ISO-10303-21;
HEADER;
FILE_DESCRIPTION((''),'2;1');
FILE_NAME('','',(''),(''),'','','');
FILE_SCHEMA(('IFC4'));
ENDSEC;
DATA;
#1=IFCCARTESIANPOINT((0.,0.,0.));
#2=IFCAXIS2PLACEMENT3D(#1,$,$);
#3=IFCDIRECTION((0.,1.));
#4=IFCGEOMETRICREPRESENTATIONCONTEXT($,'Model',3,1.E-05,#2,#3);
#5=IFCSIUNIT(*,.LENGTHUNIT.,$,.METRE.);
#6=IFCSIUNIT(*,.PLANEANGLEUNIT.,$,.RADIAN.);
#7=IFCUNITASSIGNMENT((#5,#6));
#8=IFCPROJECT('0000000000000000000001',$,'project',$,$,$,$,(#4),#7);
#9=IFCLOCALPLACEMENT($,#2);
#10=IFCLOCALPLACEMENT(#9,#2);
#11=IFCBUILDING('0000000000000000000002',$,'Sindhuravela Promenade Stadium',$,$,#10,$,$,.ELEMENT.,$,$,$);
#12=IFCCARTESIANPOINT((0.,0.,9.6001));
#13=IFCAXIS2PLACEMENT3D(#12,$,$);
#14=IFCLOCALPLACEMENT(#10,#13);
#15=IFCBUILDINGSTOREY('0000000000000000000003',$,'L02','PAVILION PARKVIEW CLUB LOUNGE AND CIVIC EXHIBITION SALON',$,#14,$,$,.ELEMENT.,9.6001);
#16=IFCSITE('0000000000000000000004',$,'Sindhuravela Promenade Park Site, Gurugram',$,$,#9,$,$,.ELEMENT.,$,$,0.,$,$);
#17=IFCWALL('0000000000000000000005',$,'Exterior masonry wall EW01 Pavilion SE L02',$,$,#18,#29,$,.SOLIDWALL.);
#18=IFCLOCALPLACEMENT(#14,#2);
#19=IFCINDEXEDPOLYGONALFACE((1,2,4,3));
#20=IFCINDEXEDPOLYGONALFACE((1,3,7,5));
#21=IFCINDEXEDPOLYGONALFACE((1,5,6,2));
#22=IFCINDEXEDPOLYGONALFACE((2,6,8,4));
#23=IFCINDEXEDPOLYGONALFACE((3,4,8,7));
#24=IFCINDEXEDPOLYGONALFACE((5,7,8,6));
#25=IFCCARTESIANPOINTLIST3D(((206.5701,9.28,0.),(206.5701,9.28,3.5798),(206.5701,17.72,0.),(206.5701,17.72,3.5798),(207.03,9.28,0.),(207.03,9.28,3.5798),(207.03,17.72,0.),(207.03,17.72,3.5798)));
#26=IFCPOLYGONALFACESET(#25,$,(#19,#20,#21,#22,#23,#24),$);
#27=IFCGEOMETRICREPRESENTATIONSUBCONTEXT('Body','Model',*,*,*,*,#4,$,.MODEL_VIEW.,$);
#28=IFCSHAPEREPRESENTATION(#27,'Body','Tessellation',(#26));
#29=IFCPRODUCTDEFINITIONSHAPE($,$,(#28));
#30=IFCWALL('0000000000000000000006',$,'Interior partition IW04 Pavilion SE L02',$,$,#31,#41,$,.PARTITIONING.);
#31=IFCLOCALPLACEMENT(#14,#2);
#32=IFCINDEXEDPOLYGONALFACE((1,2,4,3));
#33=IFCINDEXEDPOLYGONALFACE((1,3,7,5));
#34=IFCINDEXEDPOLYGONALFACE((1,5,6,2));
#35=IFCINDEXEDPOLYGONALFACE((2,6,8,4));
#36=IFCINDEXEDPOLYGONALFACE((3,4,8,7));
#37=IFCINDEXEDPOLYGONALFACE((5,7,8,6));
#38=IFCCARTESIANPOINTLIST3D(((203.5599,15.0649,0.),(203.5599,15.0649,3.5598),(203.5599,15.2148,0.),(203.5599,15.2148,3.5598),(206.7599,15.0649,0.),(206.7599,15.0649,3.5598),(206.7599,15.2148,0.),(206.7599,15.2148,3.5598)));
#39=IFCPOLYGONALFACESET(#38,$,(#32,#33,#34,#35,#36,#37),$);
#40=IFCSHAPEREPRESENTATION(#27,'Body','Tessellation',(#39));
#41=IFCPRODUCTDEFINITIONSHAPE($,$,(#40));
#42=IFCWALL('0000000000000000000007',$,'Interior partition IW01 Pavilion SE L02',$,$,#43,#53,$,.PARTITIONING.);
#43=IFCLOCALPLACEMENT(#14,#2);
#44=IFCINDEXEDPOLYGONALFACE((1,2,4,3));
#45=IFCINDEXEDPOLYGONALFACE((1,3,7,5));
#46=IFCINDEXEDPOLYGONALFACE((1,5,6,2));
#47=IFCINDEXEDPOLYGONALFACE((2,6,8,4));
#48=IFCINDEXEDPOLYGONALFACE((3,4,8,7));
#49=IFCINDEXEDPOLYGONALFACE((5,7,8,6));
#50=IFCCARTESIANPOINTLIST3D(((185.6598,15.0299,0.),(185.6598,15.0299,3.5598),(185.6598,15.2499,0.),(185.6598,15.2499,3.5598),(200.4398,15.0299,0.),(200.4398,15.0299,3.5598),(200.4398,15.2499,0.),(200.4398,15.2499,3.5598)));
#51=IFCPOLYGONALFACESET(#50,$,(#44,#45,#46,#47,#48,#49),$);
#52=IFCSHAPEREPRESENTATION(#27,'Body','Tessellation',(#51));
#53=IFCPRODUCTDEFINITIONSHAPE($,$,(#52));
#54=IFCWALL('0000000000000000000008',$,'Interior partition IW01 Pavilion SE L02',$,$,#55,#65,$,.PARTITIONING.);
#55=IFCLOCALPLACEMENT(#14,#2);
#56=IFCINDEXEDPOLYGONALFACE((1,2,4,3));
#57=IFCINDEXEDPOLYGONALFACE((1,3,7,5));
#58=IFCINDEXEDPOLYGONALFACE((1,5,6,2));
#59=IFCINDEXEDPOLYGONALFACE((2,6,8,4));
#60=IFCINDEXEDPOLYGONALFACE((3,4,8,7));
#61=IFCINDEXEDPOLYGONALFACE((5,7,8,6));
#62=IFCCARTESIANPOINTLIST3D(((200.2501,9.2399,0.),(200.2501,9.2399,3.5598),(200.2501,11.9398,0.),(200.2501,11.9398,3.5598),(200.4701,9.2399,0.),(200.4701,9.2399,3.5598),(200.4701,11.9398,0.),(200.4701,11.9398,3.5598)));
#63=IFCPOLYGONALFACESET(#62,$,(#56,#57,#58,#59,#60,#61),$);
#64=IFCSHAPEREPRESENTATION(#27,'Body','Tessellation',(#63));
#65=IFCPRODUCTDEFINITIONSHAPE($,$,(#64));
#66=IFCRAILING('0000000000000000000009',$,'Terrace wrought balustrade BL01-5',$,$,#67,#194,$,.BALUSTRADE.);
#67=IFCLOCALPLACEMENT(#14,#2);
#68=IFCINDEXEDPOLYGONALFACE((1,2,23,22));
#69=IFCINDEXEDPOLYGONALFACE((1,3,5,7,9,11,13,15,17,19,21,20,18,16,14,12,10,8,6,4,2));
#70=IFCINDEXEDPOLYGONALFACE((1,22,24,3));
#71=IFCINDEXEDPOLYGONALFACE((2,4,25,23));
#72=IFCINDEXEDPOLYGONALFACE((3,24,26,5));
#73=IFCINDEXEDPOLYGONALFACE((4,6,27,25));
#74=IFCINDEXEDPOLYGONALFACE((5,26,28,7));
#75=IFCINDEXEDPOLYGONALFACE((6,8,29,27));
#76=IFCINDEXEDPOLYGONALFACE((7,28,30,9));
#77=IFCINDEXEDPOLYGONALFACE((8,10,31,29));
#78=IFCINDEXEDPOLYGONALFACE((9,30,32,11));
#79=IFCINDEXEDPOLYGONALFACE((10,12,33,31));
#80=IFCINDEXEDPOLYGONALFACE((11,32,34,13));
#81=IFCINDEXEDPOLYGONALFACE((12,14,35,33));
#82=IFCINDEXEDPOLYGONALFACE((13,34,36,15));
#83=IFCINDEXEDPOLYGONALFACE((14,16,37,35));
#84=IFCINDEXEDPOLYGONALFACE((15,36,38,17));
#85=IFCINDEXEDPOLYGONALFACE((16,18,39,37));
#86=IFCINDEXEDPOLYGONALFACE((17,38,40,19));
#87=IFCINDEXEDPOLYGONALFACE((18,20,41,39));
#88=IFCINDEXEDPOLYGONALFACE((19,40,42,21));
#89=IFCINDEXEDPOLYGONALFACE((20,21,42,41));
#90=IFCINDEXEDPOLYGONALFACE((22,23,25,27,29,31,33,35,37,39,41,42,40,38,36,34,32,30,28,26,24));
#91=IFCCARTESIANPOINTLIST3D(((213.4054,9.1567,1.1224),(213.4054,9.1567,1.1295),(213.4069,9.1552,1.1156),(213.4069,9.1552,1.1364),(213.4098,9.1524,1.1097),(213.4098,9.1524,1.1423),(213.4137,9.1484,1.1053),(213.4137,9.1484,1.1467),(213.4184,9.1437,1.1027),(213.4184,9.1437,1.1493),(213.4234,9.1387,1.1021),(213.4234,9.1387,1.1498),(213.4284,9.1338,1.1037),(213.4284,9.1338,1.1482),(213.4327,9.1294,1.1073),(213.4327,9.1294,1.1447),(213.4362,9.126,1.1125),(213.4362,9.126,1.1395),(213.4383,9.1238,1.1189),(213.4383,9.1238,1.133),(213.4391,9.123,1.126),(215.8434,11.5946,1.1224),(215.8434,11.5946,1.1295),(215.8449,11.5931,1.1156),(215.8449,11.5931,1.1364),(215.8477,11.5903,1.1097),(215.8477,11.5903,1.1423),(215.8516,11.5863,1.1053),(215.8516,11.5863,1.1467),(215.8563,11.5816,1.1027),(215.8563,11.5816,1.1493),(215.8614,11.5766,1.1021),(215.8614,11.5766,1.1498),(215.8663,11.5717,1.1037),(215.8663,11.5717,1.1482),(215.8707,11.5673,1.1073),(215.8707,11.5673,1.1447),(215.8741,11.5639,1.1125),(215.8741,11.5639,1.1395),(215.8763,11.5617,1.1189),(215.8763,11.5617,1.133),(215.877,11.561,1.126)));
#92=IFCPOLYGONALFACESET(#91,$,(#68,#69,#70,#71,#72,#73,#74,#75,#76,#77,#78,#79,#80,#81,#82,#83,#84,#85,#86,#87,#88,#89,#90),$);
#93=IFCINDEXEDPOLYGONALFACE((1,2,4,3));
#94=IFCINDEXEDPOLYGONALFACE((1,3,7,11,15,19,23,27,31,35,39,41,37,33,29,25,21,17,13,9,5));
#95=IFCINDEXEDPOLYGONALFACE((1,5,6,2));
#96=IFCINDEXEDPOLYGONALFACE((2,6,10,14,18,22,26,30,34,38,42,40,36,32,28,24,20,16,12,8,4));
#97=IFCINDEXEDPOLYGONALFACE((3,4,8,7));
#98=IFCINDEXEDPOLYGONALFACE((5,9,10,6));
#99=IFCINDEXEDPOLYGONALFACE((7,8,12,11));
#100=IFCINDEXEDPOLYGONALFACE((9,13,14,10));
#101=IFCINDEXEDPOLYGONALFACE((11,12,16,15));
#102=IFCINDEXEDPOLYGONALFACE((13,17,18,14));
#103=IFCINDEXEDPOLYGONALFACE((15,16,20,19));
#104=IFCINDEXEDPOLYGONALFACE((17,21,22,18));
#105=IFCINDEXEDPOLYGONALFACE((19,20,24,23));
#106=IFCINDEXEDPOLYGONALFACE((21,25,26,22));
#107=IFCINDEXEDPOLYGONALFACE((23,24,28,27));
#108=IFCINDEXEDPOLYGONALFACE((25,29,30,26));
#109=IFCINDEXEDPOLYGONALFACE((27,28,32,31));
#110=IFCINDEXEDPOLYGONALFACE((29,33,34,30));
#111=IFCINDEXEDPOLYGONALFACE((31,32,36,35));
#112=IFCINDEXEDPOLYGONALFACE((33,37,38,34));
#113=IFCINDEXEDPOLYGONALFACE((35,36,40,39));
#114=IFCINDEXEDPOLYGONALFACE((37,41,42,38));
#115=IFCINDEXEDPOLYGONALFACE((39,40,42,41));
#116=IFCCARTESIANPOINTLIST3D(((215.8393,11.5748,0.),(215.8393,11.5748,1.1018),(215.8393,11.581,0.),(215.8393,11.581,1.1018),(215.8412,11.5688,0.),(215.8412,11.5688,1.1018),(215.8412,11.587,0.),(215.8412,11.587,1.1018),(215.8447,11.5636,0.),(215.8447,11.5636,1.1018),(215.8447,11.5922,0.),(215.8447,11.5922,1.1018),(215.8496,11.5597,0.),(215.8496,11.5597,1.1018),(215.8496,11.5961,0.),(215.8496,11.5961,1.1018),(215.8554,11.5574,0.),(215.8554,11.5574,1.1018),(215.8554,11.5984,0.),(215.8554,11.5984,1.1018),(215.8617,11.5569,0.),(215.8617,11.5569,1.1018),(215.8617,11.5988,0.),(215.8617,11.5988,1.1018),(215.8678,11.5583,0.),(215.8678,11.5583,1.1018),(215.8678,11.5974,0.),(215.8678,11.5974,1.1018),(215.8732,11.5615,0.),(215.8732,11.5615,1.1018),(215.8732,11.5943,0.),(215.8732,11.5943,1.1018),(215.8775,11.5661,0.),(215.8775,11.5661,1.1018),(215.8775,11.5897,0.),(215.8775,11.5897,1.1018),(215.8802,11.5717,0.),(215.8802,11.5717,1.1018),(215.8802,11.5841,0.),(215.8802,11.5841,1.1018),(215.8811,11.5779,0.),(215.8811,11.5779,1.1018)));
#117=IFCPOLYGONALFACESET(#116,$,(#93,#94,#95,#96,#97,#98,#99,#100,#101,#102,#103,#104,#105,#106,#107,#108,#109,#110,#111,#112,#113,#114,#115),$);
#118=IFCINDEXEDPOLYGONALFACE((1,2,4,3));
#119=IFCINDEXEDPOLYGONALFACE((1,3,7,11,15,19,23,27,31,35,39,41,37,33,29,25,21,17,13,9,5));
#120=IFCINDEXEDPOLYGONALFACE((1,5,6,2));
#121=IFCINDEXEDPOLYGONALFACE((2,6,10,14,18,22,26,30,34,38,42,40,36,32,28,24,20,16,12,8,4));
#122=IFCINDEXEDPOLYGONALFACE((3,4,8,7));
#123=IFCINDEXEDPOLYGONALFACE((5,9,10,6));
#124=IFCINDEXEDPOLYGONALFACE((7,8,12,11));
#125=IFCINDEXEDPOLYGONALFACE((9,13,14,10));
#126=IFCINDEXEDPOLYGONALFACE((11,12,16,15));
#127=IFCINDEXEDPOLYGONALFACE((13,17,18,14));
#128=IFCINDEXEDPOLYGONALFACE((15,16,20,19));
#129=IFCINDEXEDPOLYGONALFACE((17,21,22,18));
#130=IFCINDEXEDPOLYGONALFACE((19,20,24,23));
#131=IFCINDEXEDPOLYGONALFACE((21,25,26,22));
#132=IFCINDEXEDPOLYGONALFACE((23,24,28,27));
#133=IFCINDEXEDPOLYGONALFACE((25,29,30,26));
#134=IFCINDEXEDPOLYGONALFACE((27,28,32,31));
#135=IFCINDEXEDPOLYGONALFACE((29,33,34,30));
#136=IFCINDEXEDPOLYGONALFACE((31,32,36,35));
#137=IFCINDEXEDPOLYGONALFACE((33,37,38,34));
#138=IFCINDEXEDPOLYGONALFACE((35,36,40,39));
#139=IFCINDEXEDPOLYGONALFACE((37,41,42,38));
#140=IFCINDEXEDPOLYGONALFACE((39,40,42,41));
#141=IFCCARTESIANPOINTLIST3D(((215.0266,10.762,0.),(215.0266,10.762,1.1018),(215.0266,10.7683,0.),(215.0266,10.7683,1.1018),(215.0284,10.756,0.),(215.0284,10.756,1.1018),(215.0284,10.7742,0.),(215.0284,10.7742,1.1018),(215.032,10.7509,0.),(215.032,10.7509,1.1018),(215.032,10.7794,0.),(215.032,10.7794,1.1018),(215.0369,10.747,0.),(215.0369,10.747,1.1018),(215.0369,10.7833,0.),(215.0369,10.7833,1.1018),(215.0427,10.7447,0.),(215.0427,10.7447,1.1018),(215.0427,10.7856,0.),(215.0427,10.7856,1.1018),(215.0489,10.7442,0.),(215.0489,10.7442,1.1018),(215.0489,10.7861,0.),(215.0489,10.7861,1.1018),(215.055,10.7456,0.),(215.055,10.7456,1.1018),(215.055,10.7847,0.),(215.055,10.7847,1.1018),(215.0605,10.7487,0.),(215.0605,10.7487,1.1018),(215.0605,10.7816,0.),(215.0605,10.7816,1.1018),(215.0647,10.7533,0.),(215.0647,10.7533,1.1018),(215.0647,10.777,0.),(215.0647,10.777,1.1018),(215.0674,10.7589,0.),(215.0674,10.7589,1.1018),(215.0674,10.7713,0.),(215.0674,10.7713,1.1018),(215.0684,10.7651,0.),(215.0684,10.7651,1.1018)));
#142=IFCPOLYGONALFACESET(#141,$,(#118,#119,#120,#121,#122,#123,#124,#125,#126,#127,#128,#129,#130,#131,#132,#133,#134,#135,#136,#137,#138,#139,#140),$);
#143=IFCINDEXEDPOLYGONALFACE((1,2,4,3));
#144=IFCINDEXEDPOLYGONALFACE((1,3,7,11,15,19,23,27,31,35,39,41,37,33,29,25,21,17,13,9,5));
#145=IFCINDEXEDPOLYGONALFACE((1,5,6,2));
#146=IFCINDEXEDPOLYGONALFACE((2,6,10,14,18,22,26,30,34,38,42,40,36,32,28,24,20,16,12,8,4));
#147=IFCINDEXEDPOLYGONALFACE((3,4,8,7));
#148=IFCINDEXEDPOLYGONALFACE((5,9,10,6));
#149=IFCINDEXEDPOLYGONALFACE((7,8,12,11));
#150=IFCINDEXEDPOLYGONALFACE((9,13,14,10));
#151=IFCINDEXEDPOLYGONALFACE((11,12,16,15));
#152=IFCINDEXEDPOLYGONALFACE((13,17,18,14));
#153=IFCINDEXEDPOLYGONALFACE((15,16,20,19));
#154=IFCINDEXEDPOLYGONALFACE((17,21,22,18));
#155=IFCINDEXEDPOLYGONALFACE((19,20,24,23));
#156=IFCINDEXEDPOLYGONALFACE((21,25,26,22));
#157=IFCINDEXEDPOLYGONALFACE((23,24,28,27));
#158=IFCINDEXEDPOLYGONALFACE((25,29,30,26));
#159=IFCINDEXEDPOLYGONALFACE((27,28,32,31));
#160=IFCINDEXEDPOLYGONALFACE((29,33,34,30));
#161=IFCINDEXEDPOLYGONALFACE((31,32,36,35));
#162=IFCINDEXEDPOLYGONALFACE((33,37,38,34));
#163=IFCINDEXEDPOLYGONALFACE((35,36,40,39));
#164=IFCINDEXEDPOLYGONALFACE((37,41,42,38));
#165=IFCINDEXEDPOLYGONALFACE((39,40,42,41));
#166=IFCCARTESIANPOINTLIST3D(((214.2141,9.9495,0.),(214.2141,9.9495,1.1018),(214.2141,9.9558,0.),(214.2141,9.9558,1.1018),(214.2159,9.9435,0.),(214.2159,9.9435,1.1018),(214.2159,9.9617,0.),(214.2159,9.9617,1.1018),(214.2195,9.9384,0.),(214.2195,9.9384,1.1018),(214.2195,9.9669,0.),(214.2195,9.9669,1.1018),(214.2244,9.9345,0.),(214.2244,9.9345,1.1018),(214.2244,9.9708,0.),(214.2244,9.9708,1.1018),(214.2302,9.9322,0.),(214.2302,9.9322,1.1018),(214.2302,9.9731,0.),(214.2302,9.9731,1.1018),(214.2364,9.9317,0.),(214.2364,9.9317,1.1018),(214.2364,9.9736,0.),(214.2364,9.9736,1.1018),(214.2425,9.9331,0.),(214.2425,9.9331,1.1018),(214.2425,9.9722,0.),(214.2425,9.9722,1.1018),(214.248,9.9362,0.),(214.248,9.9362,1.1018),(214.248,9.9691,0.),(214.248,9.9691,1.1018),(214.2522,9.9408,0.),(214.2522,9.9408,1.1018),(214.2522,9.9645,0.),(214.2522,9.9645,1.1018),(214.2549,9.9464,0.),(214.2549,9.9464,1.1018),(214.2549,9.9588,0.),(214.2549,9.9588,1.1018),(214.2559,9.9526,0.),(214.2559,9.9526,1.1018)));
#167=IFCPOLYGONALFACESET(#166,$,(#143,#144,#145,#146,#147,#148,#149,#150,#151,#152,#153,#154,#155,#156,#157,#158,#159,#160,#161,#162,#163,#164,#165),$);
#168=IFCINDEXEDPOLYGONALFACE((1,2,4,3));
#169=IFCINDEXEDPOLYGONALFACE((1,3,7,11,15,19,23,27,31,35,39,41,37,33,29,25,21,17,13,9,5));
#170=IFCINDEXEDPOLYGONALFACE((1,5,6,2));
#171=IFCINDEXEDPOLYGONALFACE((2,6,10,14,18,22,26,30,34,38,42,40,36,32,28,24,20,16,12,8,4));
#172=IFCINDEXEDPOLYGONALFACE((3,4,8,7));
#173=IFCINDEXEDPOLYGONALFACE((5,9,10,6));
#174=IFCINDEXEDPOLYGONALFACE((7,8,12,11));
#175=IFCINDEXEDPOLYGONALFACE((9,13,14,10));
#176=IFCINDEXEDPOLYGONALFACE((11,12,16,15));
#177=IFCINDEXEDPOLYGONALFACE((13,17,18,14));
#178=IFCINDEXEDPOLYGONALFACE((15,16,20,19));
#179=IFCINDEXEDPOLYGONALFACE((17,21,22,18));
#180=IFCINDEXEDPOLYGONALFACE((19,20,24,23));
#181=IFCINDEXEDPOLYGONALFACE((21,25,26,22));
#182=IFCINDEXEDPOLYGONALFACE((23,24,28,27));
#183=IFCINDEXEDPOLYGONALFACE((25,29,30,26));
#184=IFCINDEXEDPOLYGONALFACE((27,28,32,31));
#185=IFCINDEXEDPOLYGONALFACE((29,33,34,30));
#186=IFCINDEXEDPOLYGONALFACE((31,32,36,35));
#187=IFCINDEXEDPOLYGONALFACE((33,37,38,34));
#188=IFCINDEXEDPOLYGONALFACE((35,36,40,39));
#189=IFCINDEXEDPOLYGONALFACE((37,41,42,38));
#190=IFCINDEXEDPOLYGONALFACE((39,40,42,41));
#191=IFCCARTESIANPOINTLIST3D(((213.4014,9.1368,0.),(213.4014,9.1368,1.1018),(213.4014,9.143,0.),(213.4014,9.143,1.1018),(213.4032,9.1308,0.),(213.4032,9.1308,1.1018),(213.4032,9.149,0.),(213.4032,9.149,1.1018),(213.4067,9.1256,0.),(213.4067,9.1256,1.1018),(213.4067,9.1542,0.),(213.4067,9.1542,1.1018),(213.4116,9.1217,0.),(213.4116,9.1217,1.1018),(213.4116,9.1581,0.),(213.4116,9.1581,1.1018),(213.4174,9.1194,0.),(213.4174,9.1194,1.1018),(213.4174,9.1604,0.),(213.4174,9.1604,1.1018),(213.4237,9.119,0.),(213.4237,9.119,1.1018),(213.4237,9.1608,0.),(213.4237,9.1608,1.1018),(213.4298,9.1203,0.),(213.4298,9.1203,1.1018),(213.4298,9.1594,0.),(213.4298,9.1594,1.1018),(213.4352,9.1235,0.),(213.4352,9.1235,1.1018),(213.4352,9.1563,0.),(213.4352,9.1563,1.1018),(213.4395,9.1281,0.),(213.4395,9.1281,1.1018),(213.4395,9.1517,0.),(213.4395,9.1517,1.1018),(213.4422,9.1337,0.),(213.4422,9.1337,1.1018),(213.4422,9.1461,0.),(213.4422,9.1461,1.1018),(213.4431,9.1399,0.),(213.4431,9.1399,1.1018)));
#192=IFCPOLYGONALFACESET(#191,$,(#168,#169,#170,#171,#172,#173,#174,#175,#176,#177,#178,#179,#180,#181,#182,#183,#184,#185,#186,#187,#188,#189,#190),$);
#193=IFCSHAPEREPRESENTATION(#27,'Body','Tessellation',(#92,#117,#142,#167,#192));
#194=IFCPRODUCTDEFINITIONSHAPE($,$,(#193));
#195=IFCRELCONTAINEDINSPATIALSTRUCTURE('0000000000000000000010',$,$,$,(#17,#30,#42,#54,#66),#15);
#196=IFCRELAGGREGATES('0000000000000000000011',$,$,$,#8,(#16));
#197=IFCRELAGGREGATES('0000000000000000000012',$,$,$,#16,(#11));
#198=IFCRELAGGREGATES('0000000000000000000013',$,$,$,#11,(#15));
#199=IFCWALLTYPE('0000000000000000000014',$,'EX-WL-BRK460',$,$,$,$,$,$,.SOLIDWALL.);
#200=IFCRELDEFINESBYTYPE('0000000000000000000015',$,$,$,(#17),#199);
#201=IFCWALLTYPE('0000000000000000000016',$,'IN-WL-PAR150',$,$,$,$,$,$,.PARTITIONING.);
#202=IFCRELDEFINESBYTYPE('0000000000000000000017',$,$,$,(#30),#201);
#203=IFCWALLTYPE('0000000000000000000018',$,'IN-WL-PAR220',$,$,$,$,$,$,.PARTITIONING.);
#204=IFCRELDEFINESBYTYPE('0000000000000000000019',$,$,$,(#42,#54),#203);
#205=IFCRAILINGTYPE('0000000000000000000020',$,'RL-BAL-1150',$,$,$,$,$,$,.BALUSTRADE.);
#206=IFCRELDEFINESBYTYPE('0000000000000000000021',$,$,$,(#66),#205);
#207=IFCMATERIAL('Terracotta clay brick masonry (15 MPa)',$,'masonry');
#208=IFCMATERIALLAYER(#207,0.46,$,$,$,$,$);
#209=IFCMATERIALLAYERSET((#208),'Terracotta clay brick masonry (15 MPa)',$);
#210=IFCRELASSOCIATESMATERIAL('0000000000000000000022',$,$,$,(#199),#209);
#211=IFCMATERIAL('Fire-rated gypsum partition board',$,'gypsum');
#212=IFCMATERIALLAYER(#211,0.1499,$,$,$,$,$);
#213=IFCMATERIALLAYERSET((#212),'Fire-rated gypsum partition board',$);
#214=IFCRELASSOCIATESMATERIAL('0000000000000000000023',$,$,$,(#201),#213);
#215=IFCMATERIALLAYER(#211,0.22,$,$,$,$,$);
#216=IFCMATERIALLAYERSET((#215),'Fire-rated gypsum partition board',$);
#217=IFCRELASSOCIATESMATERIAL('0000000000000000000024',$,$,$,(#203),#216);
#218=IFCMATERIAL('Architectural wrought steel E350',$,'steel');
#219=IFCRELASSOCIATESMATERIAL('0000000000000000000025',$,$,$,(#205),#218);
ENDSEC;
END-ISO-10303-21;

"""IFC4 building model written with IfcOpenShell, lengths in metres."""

from ifc_helpers import new_model, si_unit, direction, frame, frame_2d, origin, origin_2d, place, context, subcontext, project, spatial, rectangle, circle, extrude, material, layer, layer_set, type_object, element, save


model = new_model("IFC4")

# Units and contexts
model_context = context("Model", 3, precision=1e-05, world=origin(), true_north=direction((0.0, 1.0)))
body_context = subcontext(model_context, "Body", "Model", "MODEL_VIEW")
ifc_project = project(units=[si_unit("LENGTHUNIT", "METRE"), si_unit("PLANEANGLEUNIT", "RADIAN")], contexts=[model_context])

# Site, building, storey
site_placement = place(None, origin())
site = spatial("IfcSite", under=ifc_project, at=site_placement, Name="Sindhuravela Promenade Park Site, Gurugram", CompositionType="ELEMENT", RefElevation=0.0)
building_placement = place(site_placement, origin())
building = spatial("IfcBuilding", under=site, at=building_placement, Name="Sindhuravela Promenade Stadium", CompositionType="ELEMENT")
storey_placement = place(building_placement, frame((0.0, 0.0, 9.6001)))
storey = spatial("IfcBuildingStorey", under=building, at=storey_placement, Name="L02", Description="PAVILION PARKVIEW CLUB LOUNGE AND CIVIC EXHIBITION SALON", CompositionType="ELEMENT", Elevation=9.6001)

# Shared definitions
ifc_material_1 = material(Name="Terracotta clay brick masonry (15 MPa)", Category="masonry")

# Walls
ifc_layer_1 = layer(ifc_material_1, 0.46)
ifc_layer_set_1 = layer_set([ifc_layer_1], Name="Terracotta clay brick masonry (15 MPa)")
wall_type_1 = type_object("IfcWallType", Name="EX-WL-BRK460", PredefinedType="SOLIDWALL", material=ifc_layer_set_1)
wall_1_placement = place(storey_placement, frame((206.8, 17.72, 0.0), z_axis=(0.0, 0.0, 1.0), x_axis=(0.0, -1.0, 0.0)))
element("IfcWall", 1, at=wall_1_placement, inside=storey, type_object=wall_type_1, Name="Exterior masonry wall EW01 Pavilion SE L02", PredefinedType="SOLIDWALL", context=body_context, shape_type="SweptSolid", body=[
    extrude(rectangle(XDim=8.4399, YDim=0.46, at=frame_2d((4.22, 0.0))), origin(), (0.0, 0.0, 1.0), 3.5798),
])
ifc_material_2 = material(Name="Fire-rated gypsum partition board", Category="gypsum")
ifc_layer_2 = layer(ifc_material_2, 0.1499)
ifc_layer_set_2 = layer_set([ifc_layer_2], Name="Fire-rated gypsum partition board")
wall_type_2 = type_object("IfcWallType", Name="IN-WL-PAR150", PredefinedType="PARTITIONING", material=ifc_layer_set_2)
wall_2_placement = place(storey_placement, frame((206.76, 15.1399, 0.0), z_axis=(0.0, 0.0, 1.0), x_axis=(-1.0, 0.0, 0.0)))
element("IfcWall", 2, at=wall_2_placement, inside=storey, type_object=wall_type_2, Name="Interior partition IW04 Pavilion SE L02", PredefinedType="PARTITIONING", context=body_context, shape_type="SweptSolid", body=[
    extrude(rectangle(XDim=3.2, YDim=0.1499, at=frame_2d((1.6001, 0.0))), origin(), (0.0, 0.0, 1.0), 3.5598),
])
ifc_layer_3 = layer(ifc_material_2, 0.22)
ifc_layer_set_3 = layer_set([ifc_layer_3], Name="Fire-rated gypsum partition board")
wall_type_3 = type_object("IfcWallType", Name="IN-WL-PAR220", PredefinedType="PARTITIONING", material=ifc_layer_set_3)
wall_3_placement = place(storey_placement, frame((200.4399, 15.1399, 0.0), z_axis=(0.0, 0.0, 1.0), x_axis=(-1.0, 0.0, 0.0)))
element("IfcWall", 3, at=wall_3_placement, inside=storey, type_object=wall_type_3, Name="Interior partition IW01 Pavilion SE L02", PredefinedType="PARTITIONING", context=body_context, shape_type="SweptSolid", body=[
    extrude(rectangle(XDim=14.78, YDim=0.22, at=frame_2d((7.3901, 0.0))), origin(), (0.0, 0.0, 1.0), 3.5598),
])
wall_4_placement = place(storey_placement, frame((200.3601, 11.9399, 0.0), z_axis=(0.0, 0.0, 1.0), x_axis=(0.0, -1.0, 0.0)))
element("IfcWall", 4, at=wall_4_placement, inside=storey, type_object=wall_type_3, Name="Interior partition IW01 Pavilion SE L02", PredefinedType="PARTITIONING", context=body_context, shape_type="SweptSolid", body=[
    extrude(rectangle(XDim=2.7, YDim=0.22, at=frame_2d((1.3501, 0.0))), origin(), (0.0, 0.0, 1.0), 3.5598),
])

# Railing
ifc_material_3 = material(Name="Architectural wrought steel E350", Category="steel")
railing_type = type_object("IfcRailingType", Name="RL-BAL-1150", PredefinedType="BALUSTRADE", material=ifc_material_3)
railing_1_placement = place(storey_placement, frame((215.8601, 11.5779, 0.0)))
element("IfcRailing", 5, at=railing_1_placement, inside=storey, type_object=railing_type, Name="Terrace wrought balustrade BL01-5", PredefinedType="BALUSTRADE", context=body_context, shape_type="SweptSolid", body=[
    extrude(circle(Radius=0.0239, at=origin_2d()), frame((0.0, 0.0, 1.126), z_axis=(-0.707107, -0.707107, 0.0), x_axis=(0.707107, -0.707107, 0.0)), (0.0, 0.0, 1.0), 3.4478),
    extrude(circle(Radius=0.021, at=origin_2d()), origin(), (0.0, 0.0, 1.0), 1.1018),
    extrude(circle(Radius=0.021, at=origin_2d()), frame((-0.8127, -0.8127, 0.0)), (0.0, 0.0, 1.0), 1.1018),
    extrude(circle(Radius=0.021, at=origin_2d()), frame((-1.6252, -1.6252, 0.0)), (0.0, 0.0, 1.0), 1.1018),
    extrude(circle(Radius=0.021, at=origin_2d()), frame((-2.438, -2.438, 0.0)), (0.0, 0.0, 1.0), 1.1018),
])

save(model, "model.ifc")
